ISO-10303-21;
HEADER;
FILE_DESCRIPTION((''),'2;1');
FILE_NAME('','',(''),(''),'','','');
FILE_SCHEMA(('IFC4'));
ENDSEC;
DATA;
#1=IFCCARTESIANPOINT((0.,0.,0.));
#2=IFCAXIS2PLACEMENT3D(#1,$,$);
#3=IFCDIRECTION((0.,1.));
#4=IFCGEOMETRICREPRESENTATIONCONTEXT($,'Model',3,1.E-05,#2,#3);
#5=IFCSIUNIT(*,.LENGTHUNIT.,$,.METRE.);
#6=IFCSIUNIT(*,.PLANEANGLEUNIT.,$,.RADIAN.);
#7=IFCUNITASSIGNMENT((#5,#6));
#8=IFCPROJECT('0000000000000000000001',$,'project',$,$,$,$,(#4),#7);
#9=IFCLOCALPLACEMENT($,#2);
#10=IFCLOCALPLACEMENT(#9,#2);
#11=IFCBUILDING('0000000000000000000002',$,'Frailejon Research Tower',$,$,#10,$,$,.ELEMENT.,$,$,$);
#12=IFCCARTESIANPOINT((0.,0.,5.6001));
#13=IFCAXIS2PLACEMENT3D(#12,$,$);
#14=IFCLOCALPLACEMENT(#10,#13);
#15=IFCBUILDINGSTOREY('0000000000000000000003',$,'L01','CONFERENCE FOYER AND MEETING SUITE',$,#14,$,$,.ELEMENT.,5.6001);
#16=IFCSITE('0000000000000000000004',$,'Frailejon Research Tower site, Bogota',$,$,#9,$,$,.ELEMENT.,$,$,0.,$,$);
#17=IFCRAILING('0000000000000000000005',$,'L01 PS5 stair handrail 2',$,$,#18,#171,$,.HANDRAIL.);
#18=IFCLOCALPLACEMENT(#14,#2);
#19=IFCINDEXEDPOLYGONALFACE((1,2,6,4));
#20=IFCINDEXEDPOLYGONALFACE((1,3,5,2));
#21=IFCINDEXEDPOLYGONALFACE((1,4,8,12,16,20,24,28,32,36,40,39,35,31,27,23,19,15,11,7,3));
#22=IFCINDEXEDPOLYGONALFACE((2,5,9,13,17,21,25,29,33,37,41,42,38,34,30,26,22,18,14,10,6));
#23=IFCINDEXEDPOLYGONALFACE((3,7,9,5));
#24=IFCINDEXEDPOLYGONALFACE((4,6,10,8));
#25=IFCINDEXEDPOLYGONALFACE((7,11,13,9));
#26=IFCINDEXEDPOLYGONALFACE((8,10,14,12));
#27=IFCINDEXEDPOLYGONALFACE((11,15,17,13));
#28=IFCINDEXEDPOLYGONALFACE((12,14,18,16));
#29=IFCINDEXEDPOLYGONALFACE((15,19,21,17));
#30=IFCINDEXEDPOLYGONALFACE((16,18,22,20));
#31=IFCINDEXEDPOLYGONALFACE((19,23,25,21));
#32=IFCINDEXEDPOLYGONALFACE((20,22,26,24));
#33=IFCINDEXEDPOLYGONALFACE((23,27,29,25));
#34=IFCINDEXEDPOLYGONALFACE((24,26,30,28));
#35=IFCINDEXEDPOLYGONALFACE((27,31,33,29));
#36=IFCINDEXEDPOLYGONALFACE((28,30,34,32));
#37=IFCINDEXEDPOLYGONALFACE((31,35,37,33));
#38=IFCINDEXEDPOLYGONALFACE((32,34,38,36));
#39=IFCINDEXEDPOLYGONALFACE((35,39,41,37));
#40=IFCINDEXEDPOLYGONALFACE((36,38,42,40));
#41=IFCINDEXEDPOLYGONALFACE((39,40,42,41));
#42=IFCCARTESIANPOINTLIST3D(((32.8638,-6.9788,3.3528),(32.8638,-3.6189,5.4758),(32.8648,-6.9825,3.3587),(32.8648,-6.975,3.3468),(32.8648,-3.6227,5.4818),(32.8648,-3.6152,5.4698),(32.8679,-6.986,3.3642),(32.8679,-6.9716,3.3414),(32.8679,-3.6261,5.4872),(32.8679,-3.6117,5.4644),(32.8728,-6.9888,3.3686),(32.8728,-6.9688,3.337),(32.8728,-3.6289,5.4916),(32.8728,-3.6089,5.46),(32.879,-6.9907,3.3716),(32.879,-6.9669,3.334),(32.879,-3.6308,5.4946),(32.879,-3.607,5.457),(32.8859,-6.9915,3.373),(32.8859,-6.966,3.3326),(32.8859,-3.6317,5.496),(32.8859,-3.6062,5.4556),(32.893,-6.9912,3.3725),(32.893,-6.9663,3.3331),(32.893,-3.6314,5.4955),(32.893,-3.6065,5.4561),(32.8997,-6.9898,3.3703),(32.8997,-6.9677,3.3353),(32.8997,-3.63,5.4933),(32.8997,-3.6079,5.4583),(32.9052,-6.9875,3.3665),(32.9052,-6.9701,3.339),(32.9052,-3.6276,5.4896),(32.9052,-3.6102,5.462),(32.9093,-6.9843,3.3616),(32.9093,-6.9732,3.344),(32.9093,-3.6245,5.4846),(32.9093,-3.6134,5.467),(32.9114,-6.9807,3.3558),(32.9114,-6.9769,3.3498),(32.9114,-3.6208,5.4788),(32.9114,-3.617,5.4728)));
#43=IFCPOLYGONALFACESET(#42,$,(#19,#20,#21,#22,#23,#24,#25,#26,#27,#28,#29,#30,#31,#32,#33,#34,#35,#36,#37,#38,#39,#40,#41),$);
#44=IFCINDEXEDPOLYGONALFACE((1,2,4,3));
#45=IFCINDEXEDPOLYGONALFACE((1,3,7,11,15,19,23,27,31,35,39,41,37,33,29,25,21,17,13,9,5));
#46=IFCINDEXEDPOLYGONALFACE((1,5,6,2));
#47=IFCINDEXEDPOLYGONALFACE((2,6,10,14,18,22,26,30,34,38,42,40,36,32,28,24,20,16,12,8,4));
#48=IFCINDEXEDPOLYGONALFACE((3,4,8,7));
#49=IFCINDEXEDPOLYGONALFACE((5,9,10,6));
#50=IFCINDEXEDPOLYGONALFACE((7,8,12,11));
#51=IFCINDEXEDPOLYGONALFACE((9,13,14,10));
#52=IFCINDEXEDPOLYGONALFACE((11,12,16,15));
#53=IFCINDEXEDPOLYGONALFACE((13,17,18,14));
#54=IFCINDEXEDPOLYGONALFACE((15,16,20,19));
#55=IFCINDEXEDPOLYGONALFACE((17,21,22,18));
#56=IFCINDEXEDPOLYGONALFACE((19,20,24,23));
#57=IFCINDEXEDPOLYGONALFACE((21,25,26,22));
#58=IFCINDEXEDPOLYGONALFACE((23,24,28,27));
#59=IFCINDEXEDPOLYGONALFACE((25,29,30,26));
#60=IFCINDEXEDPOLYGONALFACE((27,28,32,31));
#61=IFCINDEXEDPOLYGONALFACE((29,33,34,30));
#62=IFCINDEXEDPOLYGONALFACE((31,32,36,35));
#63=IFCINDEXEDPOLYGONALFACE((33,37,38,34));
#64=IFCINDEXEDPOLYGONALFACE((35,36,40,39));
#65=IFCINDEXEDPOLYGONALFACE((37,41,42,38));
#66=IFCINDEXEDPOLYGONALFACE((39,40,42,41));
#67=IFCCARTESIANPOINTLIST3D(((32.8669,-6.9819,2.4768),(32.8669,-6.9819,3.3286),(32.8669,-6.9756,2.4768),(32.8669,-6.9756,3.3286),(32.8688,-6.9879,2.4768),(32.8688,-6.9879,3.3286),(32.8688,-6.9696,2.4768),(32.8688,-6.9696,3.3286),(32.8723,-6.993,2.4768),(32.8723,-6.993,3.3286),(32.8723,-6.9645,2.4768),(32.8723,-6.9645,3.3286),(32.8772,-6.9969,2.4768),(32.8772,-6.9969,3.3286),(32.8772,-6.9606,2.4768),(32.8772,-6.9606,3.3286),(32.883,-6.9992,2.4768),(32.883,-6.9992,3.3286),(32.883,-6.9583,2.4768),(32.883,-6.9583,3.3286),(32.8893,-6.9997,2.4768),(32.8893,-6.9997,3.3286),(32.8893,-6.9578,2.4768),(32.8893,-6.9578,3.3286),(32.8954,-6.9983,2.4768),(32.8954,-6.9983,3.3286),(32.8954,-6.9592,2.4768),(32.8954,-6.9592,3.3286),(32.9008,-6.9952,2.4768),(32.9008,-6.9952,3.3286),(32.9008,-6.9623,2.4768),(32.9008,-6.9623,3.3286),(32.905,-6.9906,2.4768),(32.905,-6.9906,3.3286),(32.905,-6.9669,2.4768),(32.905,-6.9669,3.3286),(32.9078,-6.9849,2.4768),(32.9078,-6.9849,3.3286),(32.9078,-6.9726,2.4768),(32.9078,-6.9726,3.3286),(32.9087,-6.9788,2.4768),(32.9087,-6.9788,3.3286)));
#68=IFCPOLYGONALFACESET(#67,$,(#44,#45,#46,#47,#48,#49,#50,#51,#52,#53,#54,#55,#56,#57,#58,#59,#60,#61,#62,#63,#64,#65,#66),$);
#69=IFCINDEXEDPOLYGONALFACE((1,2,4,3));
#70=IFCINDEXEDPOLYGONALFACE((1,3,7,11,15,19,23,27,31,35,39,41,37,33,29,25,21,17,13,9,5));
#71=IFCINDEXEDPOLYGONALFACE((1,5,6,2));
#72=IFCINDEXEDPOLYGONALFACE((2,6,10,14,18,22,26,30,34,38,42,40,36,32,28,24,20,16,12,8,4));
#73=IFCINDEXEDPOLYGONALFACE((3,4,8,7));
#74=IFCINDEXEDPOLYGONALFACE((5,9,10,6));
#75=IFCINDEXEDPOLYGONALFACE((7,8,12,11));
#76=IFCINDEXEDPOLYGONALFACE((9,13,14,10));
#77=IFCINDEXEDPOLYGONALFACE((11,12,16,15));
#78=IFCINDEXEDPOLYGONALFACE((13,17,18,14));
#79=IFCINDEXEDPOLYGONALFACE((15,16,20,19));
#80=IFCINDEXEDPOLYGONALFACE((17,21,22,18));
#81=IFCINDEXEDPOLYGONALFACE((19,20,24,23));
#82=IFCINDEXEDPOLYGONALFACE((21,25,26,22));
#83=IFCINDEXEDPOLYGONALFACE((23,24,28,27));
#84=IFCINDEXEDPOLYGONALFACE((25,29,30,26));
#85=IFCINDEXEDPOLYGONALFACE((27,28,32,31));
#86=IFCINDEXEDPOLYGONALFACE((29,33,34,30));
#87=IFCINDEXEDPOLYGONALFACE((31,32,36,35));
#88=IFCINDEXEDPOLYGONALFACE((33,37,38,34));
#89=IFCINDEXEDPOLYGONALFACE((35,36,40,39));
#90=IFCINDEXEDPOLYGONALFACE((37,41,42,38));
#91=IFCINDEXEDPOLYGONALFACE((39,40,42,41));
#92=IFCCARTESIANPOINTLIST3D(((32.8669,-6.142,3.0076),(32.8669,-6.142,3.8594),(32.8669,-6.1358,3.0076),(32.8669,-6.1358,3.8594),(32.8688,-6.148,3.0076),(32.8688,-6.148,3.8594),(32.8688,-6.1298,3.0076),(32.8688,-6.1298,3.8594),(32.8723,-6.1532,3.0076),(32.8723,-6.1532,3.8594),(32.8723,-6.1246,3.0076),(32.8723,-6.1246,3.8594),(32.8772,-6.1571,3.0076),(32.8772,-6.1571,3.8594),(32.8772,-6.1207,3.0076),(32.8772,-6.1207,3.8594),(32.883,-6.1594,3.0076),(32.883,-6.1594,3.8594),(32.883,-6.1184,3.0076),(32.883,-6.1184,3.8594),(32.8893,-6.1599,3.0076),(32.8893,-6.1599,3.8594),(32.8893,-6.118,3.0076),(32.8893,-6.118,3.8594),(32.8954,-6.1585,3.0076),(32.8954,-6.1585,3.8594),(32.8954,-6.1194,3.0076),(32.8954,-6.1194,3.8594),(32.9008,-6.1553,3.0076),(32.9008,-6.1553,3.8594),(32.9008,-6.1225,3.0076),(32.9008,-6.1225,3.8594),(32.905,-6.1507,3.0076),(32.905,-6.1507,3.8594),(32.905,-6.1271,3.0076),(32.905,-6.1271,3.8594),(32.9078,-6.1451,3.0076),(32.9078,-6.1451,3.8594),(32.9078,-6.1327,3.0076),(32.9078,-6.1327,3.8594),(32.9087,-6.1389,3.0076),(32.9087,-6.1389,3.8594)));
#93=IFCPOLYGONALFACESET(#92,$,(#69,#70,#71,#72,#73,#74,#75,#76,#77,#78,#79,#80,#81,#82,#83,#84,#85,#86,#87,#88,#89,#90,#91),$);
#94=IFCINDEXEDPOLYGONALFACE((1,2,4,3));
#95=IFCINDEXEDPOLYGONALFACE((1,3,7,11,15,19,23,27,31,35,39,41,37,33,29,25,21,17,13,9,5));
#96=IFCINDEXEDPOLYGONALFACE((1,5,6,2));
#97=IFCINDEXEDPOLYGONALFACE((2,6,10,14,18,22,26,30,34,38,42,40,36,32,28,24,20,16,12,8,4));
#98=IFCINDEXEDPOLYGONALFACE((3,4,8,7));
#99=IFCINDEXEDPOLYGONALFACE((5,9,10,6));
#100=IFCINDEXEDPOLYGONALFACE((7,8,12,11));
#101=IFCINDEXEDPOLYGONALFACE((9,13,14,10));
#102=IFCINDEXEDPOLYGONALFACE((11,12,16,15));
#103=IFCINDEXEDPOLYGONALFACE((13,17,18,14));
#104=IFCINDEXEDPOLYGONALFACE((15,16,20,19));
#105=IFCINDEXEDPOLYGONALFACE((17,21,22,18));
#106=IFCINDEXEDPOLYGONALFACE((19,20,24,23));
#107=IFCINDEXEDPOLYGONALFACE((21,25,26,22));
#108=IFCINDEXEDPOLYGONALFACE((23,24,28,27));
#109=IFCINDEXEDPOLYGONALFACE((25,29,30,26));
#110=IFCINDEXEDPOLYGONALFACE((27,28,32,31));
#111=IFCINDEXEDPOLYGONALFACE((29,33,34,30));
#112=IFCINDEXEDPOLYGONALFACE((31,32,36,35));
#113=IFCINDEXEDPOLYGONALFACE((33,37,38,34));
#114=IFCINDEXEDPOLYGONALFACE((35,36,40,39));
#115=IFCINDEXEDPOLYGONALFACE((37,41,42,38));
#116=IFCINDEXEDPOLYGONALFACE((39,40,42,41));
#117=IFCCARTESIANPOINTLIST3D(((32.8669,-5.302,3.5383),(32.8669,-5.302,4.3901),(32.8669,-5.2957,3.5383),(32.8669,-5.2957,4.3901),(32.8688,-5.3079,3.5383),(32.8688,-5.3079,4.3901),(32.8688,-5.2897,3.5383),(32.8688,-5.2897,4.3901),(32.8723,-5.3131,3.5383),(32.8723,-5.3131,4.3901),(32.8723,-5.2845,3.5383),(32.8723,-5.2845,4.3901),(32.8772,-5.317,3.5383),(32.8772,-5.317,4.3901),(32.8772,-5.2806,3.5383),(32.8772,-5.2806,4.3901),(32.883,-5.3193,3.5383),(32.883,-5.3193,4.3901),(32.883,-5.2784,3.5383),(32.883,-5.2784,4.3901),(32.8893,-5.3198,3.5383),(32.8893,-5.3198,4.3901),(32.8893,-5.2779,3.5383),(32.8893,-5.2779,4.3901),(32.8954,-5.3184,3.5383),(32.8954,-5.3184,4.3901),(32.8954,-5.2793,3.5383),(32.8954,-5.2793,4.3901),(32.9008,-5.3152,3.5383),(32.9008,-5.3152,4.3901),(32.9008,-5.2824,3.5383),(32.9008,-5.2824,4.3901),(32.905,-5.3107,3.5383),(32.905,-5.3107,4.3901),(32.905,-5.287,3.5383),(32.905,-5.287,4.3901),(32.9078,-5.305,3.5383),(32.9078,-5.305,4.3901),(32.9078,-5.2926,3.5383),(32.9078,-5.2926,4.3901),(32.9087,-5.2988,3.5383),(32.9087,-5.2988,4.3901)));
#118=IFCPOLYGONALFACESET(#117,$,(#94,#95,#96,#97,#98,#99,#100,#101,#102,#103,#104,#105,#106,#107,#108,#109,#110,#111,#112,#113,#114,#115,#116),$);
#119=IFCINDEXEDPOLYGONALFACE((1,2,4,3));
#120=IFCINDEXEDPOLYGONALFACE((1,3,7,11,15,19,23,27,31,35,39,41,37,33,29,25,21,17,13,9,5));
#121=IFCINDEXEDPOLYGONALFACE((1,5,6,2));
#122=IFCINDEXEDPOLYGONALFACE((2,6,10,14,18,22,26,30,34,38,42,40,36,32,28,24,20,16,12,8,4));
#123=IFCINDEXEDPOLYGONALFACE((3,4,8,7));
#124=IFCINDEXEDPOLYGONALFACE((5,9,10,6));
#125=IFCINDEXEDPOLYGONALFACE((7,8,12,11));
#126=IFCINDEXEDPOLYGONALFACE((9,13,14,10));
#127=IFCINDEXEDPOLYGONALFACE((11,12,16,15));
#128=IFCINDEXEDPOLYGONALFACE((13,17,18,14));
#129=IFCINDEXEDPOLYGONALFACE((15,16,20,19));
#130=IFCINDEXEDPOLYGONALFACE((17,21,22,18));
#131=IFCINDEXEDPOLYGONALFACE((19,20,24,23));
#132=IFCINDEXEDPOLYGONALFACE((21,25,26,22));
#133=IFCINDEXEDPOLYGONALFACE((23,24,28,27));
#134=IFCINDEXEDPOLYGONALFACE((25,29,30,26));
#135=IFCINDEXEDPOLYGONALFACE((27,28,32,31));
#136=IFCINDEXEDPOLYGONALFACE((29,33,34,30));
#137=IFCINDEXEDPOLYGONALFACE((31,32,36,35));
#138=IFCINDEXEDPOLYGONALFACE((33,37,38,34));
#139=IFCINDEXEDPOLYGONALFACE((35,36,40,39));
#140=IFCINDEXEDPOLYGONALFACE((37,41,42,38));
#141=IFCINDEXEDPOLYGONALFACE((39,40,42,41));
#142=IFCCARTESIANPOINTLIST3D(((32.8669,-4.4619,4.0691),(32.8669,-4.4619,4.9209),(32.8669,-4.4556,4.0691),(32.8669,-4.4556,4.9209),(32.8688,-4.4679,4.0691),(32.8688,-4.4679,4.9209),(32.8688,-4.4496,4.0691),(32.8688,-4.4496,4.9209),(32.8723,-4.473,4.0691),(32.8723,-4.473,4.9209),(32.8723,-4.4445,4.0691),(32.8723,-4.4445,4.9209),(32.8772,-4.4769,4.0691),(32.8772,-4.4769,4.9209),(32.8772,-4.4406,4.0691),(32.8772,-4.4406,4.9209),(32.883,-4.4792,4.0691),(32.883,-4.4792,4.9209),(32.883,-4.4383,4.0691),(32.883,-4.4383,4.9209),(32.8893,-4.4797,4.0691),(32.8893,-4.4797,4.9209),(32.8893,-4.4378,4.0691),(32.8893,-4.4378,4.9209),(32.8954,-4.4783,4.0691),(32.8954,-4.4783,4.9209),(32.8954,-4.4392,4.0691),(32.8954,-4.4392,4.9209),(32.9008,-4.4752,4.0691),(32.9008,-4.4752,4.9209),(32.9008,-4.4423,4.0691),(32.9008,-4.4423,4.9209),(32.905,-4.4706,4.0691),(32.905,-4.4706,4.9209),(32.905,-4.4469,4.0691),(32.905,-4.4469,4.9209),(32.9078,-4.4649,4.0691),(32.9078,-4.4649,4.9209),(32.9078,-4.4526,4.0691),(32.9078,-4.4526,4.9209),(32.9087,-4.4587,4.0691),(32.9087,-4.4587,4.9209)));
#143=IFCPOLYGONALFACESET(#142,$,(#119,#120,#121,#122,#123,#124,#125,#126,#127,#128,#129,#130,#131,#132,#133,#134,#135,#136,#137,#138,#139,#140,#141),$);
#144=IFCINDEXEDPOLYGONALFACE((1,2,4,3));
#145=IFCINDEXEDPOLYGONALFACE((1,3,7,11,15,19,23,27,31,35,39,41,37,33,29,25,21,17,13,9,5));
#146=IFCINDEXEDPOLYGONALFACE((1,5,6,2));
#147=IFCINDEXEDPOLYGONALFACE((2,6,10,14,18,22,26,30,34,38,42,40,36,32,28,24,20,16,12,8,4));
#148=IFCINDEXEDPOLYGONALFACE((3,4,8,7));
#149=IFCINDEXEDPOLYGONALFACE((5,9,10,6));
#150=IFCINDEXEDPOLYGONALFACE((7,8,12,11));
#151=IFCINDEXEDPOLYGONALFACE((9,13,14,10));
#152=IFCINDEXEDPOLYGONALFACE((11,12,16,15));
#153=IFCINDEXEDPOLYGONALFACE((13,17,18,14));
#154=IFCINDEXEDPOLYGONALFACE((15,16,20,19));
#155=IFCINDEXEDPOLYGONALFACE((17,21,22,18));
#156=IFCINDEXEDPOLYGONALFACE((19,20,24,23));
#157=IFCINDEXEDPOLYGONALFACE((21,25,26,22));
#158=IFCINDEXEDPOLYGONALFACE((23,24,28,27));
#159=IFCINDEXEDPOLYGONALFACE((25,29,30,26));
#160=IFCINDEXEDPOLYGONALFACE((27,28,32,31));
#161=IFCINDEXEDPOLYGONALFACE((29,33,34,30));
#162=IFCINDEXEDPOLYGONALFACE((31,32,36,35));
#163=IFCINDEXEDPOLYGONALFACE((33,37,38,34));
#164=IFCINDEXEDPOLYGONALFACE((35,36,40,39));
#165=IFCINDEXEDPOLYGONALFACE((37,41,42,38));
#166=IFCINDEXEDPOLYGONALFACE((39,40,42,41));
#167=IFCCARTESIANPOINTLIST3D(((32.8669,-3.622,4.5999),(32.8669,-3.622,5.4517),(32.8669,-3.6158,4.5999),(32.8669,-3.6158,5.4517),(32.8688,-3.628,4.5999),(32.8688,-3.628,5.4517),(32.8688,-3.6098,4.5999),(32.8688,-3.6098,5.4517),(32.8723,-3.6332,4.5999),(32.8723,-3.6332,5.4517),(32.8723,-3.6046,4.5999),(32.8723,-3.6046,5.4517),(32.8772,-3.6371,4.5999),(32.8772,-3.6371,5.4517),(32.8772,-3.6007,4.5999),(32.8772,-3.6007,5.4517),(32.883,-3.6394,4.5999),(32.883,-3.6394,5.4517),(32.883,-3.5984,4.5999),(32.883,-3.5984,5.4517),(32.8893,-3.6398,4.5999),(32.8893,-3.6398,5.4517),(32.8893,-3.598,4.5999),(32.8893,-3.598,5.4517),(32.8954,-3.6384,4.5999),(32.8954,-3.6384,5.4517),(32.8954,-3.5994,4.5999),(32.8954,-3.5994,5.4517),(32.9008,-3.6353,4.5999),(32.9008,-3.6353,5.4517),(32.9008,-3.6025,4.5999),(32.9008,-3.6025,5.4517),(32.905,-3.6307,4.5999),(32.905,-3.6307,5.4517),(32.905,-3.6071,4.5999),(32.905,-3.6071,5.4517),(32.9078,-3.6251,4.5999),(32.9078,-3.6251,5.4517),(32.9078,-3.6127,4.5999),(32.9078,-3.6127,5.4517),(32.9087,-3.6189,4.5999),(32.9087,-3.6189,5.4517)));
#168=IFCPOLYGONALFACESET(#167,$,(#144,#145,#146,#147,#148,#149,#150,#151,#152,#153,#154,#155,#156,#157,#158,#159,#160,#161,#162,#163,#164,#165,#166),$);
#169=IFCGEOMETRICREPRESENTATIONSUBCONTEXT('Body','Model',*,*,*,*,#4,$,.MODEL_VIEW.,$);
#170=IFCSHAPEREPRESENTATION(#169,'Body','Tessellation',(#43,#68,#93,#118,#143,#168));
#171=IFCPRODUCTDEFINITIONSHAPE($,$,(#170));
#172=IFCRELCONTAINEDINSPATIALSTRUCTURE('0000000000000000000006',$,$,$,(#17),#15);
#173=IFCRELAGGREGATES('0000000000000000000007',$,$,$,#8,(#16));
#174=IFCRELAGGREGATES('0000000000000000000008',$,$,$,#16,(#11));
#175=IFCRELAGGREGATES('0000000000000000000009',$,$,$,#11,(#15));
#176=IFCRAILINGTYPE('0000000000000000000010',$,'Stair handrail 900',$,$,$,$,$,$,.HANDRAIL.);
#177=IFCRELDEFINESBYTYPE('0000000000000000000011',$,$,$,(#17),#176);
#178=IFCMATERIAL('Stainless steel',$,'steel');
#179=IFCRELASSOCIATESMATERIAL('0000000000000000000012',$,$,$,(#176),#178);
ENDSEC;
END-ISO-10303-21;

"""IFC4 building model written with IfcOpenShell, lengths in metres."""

from ifc_helpers import new_model, si_unit, direction, frame, origin, origin_2d, place, context, subcontext, project, spatial, circle, extrude, material, type_object, element, save


model = new_model("IFC4")

# Units and contexts
model_context = context("Model", 3, precision=1e-05, world=origin(), true_north=direction((0.0, 1.0)))
body_context = subcontext(model_context, "Body", "Model", "MODEL_VIEW")
ifc_project = project(units=[si_unit("LENGTHUNIT", "METRE"), si_unit("PLANEANGLEUNIT", "RADIAN")], contexts=[model_context])

# Site, building, storey
site_placement = place(None, origin())
site = spatial("IfcSite", under=ifc_project, at=site_placement, Name="Frailejon Research Tower site, Bogota", CompositionType="ELEMENT", RefElevation=0.0)
building_placement = place(site_placement, origin())
building = spatial("IfcBuilding", under=site, at=building_placement, Name="Frailejon Research Tower", CompositionType="ELEMENT")
storey_placement = place(building_placement, frame((0.0, 0.0, 5.6001)))
storey = spatial("IfcBuildingStorey", under=building, at=storey_placement, Name="L01", Description="CONFERENCE FOYER AND MEETING SUITE", CompositionType="ELEMENT", Elevation=5.6001)

# Railing
ifc_material_1 = material(Name="Stainless steel", Category="steel")
railing_type = type_object("IfcRailingType", Name="Stair handrail 900", PredefinedType="HANDRAIL", material=ifc_material_1)
railing_placement = place(storey_placement, frame((32.8877, -6.9788, 2.4768)))
element("IfcRailing", 1, at=railing_placement, inside=storey, type_object=railing_type, Name="L01 PS5 stair handrail 2", PredefinedType="HANDRAIL", context=body_context, shape_type="SweptSolid", body=[
    extrude(circle(Radius=0.0239, at=origin_2d()), frame((0.0, 0.0, 0.876), z_axis=(0.0, 0.845372, 0.534178), x_axis=(-1.0, 0.0, 0.0)), (0.0, 0.0, 1.0), 3.9744),
    extrude(circle(Radius=0.021, at=origin_2d()), origin(), (0.0, 0.0, 1.0), 0.8518),
    extrude(circle(Radius=0.021, at=origin_2d()), frame((0.0, 0.8398, 0.5308)), (0.0, 0.0, 1.0), 0.8518),
    extrude(circle(Radius=0.021, at=origin_2d()), frame((0.0, 1.6799, 1.0615)), (0.0, 0.0, 1.0), 0.8518),
    extrude(circle(Radius=0.021, at=origin_2d()), frame((0.0, 2.52, 1.5923)), (0.0, 0.0, 1.0), 0.8518),
    extrude(circle(Radius=0.021, at=origin_2d()), frame((0.0, 3.3599, 2.123)), (0.0, 0.0, 1.0), 0.8518),
])

save(model, "model.ifc")
